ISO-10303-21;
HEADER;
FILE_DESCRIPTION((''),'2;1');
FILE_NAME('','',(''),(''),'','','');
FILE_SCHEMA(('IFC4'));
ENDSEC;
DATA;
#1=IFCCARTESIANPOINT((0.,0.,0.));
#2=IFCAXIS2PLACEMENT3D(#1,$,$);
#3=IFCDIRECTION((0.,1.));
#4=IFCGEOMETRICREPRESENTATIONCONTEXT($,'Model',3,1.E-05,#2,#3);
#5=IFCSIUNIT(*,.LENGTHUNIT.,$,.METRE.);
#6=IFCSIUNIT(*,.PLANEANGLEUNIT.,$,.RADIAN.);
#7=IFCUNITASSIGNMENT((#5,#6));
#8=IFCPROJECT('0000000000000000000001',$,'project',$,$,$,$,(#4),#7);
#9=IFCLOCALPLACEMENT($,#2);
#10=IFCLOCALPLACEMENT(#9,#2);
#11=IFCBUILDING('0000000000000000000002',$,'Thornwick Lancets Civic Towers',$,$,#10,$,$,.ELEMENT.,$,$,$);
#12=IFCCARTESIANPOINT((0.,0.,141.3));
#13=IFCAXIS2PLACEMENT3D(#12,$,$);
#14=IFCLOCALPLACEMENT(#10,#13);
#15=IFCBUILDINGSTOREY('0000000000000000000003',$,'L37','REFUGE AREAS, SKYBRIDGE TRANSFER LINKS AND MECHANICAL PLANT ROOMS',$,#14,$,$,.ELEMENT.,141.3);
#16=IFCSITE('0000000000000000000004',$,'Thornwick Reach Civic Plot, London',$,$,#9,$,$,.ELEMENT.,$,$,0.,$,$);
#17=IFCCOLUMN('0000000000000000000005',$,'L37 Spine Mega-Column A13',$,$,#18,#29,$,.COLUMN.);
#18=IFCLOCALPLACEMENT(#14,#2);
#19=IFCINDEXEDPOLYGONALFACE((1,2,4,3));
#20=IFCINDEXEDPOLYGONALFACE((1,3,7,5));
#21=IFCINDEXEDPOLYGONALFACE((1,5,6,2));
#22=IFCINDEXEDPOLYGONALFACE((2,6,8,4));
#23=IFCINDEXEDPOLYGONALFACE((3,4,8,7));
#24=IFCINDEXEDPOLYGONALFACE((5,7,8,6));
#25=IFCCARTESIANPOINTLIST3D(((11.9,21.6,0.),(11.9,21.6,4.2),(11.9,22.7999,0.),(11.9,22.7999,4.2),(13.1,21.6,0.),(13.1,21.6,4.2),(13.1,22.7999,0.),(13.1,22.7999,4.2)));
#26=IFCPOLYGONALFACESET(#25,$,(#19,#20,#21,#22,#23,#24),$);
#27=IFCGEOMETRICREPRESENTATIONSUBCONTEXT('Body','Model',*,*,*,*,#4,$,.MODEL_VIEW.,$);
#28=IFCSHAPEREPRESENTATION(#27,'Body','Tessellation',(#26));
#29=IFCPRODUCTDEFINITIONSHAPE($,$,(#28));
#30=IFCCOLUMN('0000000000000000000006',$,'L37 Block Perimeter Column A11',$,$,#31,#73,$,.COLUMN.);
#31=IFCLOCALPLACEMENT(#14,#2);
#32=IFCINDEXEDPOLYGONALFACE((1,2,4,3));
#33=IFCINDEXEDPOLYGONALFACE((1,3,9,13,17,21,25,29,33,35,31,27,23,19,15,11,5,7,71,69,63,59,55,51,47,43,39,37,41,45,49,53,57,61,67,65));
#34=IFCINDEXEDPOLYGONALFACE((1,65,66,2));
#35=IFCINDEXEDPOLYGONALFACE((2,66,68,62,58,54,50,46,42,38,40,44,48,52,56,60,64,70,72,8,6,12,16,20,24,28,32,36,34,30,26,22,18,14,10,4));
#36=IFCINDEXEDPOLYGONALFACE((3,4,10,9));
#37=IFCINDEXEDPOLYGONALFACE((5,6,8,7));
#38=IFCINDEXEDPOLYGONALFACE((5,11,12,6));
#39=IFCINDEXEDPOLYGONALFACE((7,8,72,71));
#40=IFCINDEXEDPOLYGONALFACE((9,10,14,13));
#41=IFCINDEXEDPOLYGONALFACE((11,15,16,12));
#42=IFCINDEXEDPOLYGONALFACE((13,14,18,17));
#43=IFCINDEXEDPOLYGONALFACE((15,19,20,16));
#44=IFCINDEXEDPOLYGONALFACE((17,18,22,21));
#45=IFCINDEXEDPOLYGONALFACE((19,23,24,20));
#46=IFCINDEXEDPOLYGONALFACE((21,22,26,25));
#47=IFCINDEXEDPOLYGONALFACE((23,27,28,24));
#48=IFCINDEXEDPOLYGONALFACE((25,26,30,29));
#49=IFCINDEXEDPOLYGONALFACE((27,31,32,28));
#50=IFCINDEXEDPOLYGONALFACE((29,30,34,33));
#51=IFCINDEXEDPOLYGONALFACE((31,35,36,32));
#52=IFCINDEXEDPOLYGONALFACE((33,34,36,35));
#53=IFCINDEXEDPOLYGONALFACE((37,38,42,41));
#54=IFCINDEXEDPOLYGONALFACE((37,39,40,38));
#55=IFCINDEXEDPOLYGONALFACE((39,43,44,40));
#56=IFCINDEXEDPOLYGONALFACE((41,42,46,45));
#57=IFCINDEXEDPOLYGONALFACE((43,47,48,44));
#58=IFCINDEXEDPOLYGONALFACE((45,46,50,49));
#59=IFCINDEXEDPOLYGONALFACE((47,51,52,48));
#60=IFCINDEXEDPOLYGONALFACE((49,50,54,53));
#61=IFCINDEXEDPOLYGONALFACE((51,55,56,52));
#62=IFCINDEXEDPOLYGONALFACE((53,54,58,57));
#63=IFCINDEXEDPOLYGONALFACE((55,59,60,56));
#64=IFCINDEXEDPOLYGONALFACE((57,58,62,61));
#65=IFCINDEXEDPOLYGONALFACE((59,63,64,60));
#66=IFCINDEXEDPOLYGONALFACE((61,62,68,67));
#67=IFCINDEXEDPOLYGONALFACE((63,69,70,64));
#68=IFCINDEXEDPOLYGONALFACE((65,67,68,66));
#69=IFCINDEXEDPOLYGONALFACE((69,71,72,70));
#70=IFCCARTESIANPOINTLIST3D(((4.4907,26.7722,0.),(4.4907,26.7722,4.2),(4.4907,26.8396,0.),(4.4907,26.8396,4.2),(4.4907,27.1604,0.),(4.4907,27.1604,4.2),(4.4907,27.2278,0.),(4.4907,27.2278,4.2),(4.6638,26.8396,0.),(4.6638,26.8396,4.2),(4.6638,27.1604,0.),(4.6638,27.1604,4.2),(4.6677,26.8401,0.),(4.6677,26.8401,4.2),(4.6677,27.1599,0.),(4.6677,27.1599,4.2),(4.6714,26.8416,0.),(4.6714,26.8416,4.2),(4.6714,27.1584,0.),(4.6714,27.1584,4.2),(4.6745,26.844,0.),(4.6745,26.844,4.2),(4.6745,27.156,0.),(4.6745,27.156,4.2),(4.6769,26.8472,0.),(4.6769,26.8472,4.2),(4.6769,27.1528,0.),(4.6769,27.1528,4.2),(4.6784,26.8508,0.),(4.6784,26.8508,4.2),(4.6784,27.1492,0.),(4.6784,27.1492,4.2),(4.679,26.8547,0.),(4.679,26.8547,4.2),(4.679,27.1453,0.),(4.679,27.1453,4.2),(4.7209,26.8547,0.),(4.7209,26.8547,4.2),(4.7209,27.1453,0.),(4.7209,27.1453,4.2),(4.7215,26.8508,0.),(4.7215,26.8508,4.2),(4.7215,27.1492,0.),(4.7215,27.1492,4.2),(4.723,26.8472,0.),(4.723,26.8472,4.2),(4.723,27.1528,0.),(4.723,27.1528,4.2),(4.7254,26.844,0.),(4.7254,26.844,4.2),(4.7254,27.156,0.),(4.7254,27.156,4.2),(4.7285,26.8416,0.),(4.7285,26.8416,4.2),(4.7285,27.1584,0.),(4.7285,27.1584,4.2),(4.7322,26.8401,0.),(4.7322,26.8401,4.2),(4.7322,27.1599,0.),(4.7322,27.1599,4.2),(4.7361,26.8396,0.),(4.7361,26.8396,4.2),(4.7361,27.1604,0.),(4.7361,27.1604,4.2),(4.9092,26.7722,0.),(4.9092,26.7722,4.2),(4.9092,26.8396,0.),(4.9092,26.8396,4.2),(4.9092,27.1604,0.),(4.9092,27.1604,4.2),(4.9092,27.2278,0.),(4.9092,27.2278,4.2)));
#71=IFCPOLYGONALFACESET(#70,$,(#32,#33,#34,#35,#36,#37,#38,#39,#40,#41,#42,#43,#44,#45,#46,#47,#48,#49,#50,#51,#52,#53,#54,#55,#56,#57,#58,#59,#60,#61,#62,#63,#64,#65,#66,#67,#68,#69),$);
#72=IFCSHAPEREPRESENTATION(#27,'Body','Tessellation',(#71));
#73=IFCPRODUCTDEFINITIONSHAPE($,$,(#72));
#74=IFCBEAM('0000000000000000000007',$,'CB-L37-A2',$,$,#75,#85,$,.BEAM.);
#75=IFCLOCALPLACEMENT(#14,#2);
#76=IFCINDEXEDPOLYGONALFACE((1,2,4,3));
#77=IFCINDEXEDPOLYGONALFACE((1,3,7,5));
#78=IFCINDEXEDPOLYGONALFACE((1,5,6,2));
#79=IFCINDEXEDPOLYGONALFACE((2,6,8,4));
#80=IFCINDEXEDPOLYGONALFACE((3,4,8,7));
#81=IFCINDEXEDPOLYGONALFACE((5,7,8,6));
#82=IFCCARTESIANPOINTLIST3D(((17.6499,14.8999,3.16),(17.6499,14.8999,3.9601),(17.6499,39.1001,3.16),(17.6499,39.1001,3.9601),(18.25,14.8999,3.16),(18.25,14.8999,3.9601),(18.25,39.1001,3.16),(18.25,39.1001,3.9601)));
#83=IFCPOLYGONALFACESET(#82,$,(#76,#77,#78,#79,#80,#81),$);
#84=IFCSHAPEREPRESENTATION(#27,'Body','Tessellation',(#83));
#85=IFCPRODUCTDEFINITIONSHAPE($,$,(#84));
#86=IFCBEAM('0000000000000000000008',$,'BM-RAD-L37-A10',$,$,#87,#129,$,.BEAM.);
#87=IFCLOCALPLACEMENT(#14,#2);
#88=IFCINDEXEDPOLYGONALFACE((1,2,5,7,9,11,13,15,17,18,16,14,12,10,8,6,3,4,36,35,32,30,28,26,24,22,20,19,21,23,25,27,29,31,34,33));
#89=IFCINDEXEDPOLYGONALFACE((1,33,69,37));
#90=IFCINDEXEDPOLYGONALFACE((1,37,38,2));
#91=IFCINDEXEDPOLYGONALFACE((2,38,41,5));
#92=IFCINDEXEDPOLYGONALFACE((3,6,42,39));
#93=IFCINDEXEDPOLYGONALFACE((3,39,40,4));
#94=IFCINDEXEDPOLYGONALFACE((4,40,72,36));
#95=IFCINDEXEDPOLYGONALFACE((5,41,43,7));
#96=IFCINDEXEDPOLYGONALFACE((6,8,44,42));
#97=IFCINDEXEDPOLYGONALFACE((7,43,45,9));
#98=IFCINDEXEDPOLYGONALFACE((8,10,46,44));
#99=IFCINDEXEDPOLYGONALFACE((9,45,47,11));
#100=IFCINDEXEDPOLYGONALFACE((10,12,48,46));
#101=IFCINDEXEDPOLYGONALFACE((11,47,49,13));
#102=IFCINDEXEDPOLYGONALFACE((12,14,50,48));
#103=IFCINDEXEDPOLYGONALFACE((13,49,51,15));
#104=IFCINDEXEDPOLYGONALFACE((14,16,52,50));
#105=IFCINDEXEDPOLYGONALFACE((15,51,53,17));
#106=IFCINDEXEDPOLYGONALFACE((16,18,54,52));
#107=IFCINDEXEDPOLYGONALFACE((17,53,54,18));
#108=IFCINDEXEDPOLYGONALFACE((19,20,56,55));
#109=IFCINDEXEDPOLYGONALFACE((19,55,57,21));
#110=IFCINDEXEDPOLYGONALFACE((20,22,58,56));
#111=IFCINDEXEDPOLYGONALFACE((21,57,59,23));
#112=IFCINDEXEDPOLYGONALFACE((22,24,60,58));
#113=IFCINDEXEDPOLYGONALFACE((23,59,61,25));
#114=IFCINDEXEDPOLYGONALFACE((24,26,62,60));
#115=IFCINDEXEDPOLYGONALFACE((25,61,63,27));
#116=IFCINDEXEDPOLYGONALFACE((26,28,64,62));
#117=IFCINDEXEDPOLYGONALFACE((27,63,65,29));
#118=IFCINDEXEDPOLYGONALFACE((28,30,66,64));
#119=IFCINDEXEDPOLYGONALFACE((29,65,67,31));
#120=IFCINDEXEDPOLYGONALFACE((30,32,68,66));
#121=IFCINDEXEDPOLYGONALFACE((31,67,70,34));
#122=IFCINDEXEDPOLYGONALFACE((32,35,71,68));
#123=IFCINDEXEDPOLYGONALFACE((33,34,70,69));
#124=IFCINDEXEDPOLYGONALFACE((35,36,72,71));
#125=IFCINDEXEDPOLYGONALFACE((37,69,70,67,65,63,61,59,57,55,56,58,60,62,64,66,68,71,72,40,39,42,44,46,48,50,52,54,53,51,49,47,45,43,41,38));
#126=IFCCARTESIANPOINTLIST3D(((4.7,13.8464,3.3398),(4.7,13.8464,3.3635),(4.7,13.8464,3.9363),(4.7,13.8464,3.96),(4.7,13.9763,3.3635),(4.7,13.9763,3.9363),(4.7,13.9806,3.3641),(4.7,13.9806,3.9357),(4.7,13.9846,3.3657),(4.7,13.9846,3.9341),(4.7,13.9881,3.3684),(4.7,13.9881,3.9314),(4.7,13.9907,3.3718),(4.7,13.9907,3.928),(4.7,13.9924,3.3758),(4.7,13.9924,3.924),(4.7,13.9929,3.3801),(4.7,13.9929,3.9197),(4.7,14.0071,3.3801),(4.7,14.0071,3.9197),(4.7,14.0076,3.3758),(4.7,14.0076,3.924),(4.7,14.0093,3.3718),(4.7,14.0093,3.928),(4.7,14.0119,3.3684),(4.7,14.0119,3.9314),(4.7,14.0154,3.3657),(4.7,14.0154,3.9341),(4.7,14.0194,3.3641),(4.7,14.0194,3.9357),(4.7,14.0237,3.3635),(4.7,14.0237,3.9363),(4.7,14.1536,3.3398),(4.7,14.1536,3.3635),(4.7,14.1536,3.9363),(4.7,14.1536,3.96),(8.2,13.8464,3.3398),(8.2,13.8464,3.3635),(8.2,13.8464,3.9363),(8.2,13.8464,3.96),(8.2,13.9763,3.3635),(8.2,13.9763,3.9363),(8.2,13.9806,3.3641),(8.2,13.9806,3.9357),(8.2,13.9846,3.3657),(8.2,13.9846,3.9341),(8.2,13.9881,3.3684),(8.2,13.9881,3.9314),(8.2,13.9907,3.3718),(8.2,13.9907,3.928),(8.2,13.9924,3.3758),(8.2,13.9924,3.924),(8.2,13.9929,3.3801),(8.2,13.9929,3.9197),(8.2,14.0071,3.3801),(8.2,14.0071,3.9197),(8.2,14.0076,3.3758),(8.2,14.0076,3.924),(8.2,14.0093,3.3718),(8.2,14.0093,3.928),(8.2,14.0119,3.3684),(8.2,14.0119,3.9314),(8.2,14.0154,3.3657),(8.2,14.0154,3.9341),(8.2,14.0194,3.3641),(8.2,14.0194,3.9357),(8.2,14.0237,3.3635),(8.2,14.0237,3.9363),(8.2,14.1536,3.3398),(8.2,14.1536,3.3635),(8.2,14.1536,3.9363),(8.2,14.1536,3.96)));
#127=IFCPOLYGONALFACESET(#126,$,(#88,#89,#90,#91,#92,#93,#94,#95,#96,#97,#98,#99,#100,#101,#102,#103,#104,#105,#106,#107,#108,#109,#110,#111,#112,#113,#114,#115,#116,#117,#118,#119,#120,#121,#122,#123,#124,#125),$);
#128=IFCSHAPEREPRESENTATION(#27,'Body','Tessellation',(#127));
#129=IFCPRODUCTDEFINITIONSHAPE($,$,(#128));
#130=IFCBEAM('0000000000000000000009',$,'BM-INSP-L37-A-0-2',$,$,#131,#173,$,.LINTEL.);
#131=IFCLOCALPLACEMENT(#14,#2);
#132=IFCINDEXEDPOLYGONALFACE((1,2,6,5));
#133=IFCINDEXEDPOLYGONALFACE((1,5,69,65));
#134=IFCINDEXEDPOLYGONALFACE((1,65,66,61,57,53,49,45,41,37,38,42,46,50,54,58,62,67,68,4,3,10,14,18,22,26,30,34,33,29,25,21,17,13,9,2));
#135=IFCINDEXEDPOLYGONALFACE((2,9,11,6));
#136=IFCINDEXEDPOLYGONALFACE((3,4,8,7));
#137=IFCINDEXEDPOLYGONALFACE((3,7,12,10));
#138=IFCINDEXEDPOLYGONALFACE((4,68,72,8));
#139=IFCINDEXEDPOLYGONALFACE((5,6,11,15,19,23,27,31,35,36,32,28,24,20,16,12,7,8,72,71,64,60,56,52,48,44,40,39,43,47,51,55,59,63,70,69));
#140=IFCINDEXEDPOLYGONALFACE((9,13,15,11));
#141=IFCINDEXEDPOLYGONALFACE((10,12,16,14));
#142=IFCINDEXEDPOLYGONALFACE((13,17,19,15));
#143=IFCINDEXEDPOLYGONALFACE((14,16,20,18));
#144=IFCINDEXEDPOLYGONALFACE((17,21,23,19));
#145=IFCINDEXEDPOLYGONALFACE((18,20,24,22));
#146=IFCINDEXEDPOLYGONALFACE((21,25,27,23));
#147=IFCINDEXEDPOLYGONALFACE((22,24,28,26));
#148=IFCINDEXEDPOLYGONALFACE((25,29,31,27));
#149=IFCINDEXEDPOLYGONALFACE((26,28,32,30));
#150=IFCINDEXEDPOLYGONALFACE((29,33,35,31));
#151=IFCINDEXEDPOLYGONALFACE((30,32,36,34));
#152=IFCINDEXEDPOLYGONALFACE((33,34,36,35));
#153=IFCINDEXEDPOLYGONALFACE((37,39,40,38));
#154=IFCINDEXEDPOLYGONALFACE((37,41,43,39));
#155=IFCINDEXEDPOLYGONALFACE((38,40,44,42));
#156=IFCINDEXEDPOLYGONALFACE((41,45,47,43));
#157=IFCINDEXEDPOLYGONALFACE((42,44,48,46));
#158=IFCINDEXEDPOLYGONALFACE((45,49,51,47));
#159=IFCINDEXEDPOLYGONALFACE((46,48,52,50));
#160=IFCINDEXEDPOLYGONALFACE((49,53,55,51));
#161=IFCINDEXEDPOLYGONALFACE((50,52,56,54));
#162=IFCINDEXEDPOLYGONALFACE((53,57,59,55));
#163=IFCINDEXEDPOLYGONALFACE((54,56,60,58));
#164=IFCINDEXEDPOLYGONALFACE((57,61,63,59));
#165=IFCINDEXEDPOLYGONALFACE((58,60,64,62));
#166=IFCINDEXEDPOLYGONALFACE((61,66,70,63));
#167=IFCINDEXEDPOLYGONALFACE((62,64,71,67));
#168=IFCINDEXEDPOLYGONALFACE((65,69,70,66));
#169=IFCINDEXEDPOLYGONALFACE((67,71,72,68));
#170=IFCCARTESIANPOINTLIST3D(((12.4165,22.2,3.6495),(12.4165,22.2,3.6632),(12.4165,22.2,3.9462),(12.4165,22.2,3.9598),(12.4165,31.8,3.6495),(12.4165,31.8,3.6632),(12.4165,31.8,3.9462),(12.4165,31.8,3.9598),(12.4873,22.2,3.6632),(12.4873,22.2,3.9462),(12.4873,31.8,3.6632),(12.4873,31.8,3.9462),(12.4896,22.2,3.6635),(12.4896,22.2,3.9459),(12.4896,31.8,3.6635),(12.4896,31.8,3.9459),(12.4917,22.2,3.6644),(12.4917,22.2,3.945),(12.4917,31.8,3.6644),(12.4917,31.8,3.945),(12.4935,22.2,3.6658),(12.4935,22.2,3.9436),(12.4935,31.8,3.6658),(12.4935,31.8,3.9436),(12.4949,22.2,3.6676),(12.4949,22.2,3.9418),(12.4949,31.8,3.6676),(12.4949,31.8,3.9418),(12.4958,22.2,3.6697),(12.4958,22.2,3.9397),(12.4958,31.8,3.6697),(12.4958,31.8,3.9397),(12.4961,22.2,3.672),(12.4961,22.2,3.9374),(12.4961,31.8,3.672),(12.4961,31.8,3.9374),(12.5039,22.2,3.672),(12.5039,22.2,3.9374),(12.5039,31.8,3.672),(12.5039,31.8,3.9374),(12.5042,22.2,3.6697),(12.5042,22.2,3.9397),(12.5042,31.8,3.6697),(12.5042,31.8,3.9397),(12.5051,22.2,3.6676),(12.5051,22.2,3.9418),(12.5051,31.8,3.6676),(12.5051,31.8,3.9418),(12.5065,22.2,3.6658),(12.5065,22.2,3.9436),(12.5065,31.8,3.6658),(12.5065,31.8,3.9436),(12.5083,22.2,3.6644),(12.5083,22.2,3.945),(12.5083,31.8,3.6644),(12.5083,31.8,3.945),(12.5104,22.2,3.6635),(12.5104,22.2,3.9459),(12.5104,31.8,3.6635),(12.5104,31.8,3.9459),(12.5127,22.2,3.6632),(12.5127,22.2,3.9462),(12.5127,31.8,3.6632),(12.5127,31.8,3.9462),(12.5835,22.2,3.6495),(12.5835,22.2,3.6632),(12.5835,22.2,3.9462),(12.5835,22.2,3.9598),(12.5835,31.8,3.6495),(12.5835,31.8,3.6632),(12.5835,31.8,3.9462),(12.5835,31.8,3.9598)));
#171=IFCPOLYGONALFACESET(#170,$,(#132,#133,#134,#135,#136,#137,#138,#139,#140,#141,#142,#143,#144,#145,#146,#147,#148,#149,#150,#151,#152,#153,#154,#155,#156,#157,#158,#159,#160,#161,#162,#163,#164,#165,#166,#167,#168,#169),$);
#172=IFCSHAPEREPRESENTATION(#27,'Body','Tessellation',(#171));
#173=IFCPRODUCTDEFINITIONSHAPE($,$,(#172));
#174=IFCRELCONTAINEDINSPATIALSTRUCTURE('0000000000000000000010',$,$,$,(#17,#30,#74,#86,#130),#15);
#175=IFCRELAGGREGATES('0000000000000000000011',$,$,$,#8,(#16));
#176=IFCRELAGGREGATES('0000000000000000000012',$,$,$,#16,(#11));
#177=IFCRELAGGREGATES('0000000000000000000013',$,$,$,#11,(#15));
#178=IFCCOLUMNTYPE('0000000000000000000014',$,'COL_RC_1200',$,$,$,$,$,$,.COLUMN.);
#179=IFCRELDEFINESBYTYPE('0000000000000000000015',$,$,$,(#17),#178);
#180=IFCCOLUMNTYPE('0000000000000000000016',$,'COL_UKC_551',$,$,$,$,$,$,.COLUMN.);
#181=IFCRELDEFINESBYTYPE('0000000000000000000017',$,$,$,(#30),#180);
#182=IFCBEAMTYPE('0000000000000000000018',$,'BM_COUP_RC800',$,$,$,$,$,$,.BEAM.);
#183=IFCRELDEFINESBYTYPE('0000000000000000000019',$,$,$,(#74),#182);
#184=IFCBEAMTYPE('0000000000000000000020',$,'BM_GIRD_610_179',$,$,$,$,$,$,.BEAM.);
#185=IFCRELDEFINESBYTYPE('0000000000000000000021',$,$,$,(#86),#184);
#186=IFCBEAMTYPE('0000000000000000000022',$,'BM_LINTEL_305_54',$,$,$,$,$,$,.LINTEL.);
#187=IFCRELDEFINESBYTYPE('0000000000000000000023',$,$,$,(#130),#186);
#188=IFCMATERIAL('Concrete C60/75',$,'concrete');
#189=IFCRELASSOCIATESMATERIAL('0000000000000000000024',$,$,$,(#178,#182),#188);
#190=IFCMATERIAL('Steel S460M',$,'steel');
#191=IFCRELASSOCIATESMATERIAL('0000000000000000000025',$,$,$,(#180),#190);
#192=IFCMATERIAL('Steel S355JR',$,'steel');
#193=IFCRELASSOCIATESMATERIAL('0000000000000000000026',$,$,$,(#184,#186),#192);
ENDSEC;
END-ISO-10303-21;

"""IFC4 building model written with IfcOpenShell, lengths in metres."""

from ifc_helpers import new_model, si_unit, direction, frame, origin, origin_2d, place, context, subcontext, project, spatial, rectangle, i_section, extrude, material, material_profile, profile_set, type_object, element, save


model = new_model("IFC4")

# Units and contexts
model_context = context("Model", 3, precision=1e-05, world=origin(), true_north=direction((0.0, 1.0)))
body_context = subcontext(model_context, "Body", "Model", "MODEL_VIEW")
ifc_project = project(units=[si_unit("LENGTHUNIT", "METRE"), si_unit("PLANEANGLEUNIT", "RADIAN")], contexts=[model_context])

# Site, building, storey
site_placement = place(None, origin())
site = spatial("IfcSite", under=ifc_project, at=site_placement, Name="Thornwick Reach Civic Plot, London", CompositionType="ELEMENT", RefElevation=0.0)
building_placement = place(site_placement, origin())
building = spatial("IfcBuilding", under=site, at=building_placement, Name="Thornwick Lancets Civic Towers", CompositionType="ELEMENT")
storey_placement = place(building_placement, frame((0.0, 0.0, 141.3)))
storey = spatial("IfcBuildingStorey", under=building, at=storey_placement, Name="L37", Description="REFUGE AREAS, SKYBRIDGE TRANSFER LINKS AND MECHANICAL PLANT ROOMS", CompositionType="ELEMENT", Elevation=141.3)

# Columns
ifc_material_1 = material(Name="Concrete C60/75", Category="concrete")
ifc_material_profile_1 = material_profile(ifc_material_1, rectangle(XDim=1.2, YDim=1.2, at=origin_2d()), Name="RC 1200x1200")
ifc_profile_set_1 = profile_set([ifc_material_profile_1], Name="Concrete C60/75")
column_type_1 = type_object("IfcColumnType", Name="COL_RC_1200", PredefinedType="COLUMN", material=ifc_profile_set_1)
column_1_placement = place(storey_placement, frame((12.5, 22.2, 0.0), z_axis=(0.0, 0.0, 1.0), x_axis=(1.0, 0.0, 0.0)))
element("IfcColumn", 1, at=column_1_placement, inside=storey, type_object=column_type_1, Name="L37 Spine Mega-Column A13", PredefinedType="COLUMN", context=body_context, shape_type="SweptSolid", body=[
    extrude(rectangle(XDim=1.2, YDim=1.2, at=origin_2d()), origin(), (0.0, 0.0, 1.0), 4.2),
])
ifc_material_2 = material(Name="Steel S460M", Category="steel")
ifc_material_profile_2 = material_profile(ifc_material_2, i_section(OverallWidth=0.4185, OverallDepth=0.4556, WebThickness=0.042, FlangeThickness=0.0674, FilletRadius=0.0151, at=origin_2d()), Name="UKC 356x406x551")
ifc_profile_set_2 = profile_set([ifc_material_profile_2], Name="Steel S460M")
column_type_2 = type_object("IfcColumnType", Name="COL_UKC_551", PredefinedType="COLUMN", material=ifc_profile_set_2)
column_2_placement = place(storey_placement, frame((4.7, 27.0, 0.0), z_axis=(0.0, 0.0, 1.0), x_axis=(1.0, 0.0, 0.0)))
element("IfcColumn", 2, at=column_2_placement, inside=storey, type_object=column_type_2, Name="L37 Block Perimeter Column A11", PredefinedType="COLUMN", context=body_context, shape_type="SweptSolid", body=[
    extrude(i_section(OverallWidth=0.4185, OverallDepth=0.4556, WebThickness=0.042, FlangeThickness=0.0674, FilletRadius=0.0151, at=origin_2d()), origin(), (0.0, 0.0, 1.0), 4.2),
])

# Beams
ifc_material_profile_3 = material_profile(ifc_material_1, rectangle(XDim=0.6001, YDim=0.8, at=origin_2d()), Name="RC 600x800")
ifc_profile_set_3 = profile_set([ifc_material_profile_3], Name="Concrete C60/75")
beam_type_1 = type_object("IfcBeamType", Name="BM_COUP_RC800", PredefinedType="BEAM", material=ifc_profile_set_3)
beam_1_placement = place(storey_placement, frame((17.95, 14.8999, 3.5601), z_axis=(0.0, 1.0, 0.0), x_axis=(-1.0, 0.0, 0.0)))
element("IfcBeam", 3, at=beam_1_placement, inside=storey, type_object=beam_type_1, Name="CB-L37-A2", PredefinedType="BEAM", context=body_context, shape_type="SweptSolid", body=[
    extrude(rectangle(XDim=0.6001, YDim=0.8, at=origin_2d()), origin(), (0.0, 0.0, 1.0), 24.2002),
])
ifc_material_3 = material(Name="Steel S355JR", Category="steel")
ifc_material_profile_4 = material_profile(ifc_material_3, i_section(OverallWidth=0.3071, OverallDepth=0.6201, WebThickness=0.0142, FlangeThickness=0.0237, FilletRadius=0.0166, at=origin_2d()), Name="UKB 610x305x179")
ifc_profile_set_4 = profile_set([ifc_material_profile_4], Name="Steel S355JR")
beam_type_2 = type_object("IfcBeamType", Name="BM_GIRD_610_179", PredefinedType="BEAM", material=ifc_profile_set_4)
beam_2_placement = place(storey_placement, frame((8.2, 14.0, 3.6499), z_axis=(-1.0, 0.0, 0.0), x_axis=(0.0, -1.0, 0.0)))
element("IfcBeam", 4, at=beam_2_placement, inside=storey, type_object=beam_type_2, Name="BM-RAD-L37-A10", PredefinedType="BEAM", context=body_context, shape_type="SweptSolid", body=[
    extrude(i_section(OverallWidth=0.3071, OverallDepth=0.6201, WebThickness=0.0142, FlangeThickness=0.0237, FilletRadius=0.0166, at=origin_2d()), origin(), (0.0, 0.0, 1.0), 3.5),
])
ifc_material_profile_5 = material_profile(ifc_material_3, i_section(OverallWidth=0.167, OverallDepth=0.3103, WebThickness=0.0078, FlangeThickness=0.0137, FilletRadius=0.0088, at=origin_2d()), Name="UKB 305x165x54")
ifc_profile_set_5 = profile_set([ifc_material_profile_5], Name="Steel S355JR")
beam_type_3 = type_object("IfcBeamType", Name="BM_LINTEL_305_54", PredefinedType="LINTEL", material=ifc_profile_set_5)
beam_3_placement = place(storey_placement, frame((12.5, 22.2, 3.8047), z_axis=(0.0, 1.0, 0.0), x_axis=(-1.0, 0.0, 0.0)))
element("IfcBeam", 5, at=beam_3_placement, inside=storey, type_object=beam_type_3, Name="BM-INSP-L37-A-0-2", PredefinedType="LINTEL", context=body_context, shape_type="SweptSolid", body=[
    extrude(i_section(OverallWidth=0.167, OverallDepth=0.3103, WebThickness=0.0078, FlangeThickness=0.0137, FilletRadius=0.0088, at=origin_2d()), origin(), (0.0, 0.0, 1.0), 9.6001),
])

save(model, "model.ifc")
